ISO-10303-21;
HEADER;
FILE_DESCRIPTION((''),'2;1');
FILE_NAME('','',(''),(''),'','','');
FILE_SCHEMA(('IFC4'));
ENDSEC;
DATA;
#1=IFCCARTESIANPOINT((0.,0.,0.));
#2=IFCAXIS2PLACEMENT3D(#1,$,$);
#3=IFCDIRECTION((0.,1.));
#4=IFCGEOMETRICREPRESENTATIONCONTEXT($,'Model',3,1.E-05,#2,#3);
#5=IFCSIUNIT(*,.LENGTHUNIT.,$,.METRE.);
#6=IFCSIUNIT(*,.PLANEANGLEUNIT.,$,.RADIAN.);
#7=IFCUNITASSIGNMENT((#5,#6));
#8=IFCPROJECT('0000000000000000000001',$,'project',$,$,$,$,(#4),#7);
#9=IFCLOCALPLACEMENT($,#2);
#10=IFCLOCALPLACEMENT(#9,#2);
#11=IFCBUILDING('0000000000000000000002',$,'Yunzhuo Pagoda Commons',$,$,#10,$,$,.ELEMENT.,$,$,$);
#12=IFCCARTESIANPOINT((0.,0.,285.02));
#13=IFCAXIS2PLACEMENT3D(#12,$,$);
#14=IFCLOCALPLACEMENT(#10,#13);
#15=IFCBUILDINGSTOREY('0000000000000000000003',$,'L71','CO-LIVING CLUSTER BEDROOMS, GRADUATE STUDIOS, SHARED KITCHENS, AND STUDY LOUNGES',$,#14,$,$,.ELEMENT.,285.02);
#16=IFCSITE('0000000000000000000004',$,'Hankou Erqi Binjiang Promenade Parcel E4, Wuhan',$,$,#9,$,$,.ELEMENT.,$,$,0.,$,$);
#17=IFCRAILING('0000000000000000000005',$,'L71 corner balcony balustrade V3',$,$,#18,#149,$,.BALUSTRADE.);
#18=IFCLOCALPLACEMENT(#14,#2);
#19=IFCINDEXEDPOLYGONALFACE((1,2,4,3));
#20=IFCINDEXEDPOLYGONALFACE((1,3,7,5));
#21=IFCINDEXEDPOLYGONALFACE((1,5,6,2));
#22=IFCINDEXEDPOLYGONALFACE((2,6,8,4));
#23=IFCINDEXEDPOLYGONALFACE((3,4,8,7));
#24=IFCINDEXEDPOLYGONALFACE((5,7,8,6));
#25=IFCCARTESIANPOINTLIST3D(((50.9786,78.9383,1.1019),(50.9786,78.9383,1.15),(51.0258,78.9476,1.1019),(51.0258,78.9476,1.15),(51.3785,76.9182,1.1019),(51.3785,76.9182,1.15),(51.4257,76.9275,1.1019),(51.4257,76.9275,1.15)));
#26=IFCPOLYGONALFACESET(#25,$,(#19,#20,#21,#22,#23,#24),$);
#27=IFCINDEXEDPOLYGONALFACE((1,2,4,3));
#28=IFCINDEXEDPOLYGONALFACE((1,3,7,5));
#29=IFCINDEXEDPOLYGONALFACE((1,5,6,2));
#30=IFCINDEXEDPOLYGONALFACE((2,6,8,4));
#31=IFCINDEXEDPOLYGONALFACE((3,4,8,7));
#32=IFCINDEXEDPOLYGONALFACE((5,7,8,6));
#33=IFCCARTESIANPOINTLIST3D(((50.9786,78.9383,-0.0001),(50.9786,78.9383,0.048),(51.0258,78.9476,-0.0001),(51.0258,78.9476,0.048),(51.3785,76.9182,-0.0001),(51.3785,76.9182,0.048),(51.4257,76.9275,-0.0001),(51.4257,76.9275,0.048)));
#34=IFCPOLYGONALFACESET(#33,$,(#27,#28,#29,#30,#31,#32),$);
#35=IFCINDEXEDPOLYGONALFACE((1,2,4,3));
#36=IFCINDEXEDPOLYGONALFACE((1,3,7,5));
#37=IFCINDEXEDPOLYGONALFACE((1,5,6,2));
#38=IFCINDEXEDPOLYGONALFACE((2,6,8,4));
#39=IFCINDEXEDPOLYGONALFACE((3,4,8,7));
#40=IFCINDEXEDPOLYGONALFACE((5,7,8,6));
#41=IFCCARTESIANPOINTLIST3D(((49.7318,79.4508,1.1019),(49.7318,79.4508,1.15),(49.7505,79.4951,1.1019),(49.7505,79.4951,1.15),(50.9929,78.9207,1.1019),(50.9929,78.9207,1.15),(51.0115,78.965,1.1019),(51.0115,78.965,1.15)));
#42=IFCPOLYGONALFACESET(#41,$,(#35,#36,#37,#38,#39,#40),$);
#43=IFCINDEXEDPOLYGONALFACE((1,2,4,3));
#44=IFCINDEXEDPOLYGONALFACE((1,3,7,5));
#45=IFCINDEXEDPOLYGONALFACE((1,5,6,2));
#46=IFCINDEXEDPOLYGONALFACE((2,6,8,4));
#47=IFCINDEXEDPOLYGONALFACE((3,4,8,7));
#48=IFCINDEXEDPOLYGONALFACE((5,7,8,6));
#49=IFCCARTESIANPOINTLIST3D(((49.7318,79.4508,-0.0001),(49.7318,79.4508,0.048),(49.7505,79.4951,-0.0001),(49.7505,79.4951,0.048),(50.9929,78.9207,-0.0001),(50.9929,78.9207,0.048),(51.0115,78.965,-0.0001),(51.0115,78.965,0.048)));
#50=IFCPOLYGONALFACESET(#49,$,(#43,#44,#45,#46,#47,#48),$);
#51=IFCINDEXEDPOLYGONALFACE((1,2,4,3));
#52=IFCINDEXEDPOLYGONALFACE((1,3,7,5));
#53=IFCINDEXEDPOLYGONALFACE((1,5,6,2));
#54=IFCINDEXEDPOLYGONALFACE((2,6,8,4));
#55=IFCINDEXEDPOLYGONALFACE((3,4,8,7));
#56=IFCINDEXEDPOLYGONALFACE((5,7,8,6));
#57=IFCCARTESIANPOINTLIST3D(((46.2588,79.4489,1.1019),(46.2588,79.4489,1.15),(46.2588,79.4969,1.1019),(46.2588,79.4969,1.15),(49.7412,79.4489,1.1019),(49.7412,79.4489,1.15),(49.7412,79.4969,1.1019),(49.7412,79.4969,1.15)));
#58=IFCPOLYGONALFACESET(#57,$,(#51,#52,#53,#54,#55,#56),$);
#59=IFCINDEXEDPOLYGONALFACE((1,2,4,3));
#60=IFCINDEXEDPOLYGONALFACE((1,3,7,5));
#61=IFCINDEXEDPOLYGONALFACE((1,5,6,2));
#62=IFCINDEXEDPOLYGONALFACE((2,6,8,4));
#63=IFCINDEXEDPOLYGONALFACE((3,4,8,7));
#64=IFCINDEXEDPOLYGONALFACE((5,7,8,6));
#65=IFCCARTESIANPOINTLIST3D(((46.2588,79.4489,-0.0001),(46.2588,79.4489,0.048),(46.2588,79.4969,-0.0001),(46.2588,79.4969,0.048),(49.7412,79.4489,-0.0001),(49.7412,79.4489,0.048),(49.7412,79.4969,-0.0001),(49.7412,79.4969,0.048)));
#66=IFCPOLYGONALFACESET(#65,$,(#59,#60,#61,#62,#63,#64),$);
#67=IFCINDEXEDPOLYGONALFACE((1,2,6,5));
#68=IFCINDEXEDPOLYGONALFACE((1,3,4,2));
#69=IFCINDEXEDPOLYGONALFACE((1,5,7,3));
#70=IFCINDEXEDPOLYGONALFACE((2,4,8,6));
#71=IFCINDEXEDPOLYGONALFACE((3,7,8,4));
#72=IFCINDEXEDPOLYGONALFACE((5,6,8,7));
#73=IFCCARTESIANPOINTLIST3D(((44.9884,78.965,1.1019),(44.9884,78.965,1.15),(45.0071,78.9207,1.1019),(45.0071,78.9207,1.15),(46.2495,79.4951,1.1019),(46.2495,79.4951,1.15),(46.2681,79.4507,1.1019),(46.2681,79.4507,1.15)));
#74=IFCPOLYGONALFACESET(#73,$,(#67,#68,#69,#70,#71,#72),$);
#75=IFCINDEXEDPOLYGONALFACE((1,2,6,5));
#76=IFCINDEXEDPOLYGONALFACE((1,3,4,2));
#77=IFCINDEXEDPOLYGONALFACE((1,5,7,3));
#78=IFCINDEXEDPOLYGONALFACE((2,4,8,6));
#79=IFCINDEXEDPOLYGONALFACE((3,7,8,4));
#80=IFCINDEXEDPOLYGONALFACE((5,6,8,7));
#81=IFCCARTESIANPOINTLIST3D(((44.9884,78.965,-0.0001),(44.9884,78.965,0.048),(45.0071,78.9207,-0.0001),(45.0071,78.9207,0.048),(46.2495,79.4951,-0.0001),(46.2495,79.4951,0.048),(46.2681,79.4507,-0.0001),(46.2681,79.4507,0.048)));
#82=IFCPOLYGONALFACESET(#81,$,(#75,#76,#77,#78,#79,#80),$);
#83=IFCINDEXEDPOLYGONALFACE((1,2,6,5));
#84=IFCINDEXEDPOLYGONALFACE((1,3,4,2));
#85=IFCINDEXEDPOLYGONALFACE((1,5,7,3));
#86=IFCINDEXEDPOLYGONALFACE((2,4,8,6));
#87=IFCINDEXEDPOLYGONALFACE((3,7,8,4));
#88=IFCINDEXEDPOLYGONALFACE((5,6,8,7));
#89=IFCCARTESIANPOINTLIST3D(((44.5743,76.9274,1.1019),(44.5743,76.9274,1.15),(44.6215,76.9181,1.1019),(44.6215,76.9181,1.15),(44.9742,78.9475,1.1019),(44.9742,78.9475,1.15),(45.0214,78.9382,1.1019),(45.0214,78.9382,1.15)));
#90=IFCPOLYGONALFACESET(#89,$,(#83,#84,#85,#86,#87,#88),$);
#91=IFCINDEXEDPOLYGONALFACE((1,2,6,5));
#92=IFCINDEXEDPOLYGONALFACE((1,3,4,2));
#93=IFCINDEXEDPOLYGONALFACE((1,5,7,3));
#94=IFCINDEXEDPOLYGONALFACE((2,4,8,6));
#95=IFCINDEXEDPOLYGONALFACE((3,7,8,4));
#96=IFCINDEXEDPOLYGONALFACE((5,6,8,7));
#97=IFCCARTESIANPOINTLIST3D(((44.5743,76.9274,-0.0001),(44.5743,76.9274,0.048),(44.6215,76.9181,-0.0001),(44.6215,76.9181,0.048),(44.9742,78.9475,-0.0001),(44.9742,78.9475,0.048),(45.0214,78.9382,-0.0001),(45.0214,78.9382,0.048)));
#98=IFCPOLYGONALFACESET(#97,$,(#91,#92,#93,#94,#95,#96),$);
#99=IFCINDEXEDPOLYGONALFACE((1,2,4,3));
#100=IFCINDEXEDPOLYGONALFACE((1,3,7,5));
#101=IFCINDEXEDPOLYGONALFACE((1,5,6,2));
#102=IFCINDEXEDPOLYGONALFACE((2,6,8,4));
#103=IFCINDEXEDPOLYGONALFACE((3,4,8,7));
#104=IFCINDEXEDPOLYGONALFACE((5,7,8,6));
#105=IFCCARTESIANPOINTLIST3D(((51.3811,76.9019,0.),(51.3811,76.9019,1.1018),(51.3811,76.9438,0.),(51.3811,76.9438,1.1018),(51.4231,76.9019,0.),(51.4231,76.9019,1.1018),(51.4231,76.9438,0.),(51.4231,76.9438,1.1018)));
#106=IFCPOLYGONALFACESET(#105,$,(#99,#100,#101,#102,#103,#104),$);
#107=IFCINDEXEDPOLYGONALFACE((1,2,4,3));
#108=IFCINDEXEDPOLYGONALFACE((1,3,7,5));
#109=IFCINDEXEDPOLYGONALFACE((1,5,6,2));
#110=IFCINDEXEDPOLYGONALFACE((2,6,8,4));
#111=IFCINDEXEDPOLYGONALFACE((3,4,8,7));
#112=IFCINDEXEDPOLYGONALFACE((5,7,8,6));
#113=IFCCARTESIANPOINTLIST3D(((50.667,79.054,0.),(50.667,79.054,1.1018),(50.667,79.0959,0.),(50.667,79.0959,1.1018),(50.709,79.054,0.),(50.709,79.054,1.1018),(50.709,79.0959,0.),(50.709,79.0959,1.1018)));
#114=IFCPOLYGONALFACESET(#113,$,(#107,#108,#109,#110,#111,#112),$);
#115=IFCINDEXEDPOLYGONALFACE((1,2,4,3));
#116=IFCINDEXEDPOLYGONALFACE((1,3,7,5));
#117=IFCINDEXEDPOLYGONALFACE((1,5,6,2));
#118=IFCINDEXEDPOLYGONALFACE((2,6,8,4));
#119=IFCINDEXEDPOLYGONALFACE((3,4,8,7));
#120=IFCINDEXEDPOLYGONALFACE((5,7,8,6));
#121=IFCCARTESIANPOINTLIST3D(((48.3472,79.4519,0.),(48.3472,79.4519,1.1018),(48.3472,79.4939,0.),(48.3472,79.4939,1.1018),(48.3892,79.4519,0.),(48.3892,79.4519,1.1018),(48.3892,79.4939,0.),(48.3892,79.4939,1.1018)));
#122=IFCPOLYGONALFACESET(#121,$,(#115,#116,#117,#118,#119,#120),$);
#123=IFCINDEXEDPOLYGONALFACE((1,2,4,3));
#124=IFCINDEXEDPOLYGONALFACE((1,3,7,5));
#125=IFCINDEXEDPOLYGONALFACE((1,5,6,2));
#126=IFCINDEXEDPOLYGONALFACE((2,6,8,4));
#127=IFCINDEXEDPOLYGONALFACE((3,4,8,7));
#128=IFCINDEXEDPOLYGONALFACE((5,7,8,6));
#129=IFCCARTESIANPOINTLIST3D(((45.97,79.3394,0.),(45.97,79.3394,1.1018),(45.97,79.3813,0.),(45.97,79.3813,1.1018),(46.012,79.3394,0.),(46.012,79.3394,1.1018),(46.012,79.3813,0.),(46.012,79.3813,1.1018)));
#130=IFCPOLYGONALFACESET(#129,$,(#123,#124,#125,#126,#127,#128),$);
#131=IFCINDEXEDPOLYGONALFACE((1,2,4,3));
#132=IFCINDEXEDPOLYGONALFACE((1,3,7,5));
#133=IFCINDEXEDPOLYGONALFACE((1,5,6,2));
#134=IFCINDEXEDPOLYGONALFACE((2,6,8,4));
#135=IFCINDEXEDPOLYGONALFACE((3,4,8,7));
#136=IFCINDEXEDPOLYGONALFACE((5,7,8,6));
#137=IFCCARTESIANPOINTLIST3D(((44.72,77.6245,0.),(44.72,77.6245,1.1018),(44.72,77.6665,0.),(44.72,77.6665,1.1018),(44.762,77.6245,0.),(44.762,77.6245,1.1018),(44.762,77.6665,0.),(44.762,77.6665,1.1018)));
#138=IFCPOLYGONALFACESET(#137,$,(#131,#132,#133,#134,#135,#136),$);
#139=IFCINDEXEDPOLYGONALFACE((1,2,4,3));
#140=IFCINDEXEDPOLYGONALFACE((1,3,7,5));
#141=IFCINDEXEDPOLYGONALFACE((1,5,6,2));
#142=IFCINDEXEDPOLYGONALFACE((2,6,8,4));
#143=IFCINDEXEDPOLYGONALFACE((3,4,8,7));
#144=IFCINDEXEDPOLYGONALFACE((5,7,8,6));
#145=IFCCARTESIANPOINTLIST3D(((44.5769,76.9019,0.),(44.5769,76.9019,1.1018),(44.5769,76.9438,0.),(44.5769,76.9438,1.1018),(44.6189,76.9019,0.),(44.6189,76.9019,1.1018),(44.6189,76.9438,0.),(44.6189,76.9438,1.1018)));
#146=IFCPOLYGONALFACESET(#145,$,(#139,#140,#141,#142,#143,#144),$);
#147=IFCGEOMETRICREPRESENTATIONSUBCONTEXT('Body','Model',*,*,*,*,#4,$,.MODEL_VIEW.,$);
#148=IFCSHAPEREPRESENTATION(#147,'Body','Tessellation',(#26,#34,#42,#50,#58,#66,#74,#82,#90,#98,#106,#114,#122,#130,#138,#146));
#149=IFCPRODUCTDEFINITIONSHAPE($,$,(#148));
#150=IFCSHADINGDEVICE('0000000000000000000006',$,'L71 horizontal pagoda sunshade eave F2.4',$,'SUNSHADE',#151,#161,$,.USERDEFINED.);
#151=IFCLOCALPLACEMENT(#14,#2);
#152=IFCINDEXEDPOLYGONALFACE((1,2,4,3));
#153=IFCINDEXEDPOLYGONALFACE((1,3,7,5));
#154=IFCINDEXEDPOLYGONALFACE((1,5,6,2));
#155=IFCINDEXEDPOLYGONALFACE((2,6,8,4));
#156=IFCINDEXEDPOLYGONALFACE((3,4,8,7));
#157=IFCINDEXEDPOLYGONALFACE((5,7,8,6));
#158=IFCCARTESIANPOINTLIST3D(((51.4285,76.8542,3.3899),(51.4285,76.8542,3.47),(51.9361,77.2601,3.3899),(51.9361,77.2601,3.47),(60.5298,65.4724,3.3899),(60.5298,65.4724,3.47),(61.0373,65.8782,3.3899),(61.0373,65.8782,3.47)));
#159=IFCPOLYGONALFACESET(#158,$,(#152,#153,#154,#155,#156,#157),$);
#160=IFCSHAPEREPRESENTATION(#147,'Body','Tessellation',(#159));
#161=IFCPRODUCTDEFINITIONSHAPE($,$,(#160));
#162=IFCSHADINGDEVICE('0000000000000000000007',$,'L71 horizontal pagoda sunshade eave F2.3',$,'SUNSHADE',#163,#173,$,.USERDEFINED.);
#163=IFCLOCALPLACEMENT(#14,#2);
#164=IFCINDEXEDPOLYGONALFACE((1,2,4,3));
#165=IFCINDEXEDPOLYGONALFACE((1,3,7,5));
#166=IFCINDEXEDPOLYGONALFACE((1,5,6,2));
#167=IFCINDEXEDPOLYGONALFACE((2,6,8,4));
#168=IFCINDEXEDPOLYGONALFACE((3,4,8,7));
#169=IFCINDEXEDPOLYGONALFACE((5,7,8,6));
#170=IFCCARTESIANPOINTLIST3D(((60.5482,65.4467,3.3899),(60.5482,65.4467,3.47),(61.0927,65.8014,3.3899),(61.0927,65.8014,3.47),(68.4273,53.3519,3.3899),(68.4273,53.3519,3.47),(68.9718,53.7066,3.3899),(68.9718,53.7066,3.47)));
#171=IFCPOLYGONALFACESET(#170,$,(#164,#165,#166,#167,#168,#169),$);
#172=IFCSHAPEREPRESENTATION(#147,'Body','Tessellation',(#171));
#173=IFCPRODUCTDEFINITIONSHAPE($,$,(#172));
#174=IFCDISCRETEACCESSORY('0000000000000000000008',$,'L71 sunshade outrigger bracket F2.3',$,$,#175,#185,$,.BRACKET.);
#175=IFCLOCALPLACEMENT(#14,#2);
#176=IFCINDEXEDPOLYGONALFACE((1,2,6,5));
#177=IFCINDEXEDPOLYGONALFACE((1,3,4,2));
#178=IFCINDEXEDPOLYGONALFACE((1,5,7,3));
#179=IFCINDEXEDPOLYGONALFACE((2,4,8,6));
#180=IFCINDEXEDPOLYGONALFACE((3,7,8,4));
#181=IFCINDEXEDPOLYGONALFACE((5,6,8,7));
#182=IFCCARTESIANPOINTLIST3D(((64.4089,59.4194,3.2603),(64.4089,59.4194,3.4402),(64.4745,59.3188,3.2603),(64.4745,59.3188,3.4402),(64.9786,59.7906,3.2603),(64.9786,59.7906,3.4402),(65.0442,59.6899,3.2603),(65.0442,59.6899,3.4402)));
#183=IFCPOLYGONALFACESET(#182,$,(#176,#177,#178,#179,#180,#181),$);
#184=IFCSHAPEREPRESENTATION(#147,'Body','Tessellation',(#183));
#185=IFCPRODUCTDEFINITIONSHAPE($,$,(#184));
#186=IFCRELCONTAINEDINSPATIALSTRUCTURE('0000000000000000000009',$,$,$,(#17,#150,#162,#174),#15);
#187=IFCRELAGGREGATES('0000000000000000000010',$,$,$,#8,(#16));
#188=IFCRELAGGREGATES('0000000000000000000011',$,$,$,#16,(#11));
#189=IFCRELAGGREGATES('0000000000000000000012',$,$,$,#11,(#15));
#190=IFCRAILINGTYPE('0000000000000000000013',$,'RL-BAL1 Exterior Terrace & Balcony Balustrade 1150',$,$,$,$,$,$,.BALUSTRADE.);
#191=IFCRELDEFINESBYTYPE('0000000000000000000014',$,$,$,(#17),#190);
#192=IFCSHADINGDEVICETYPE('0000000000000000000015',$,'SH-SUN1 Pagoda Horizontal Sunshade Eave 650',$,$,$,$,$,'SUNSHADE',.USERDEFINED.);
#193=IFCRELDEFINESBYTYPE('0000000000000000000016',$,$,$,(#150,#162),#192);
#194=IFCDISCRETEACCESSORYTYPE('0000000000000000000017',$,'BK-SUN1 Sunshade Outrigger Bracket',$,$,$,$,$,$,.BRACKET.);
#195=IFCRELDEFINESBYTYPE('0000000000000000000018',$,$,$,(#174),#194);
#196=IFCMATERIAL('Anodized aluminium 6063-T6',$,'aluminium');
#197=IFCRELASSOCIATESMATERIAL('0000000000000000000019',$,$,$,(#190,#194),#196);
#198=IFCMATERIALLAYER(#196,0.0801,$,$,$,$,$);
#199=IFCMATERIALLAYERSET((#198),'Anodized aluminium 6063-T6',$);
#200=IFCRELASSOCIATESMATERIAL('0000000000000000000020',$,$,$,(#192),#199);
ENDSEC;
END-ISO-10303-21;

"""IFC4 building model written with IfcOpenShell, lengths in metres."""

from ifc_helpers import new_model, si_unit, direction, frame, origin, origin_2d, place, context, subcontext, project, spatial, rectangle, extrude, source, transform, mapped, material, layer, layer_set, type_object, element, save


model = new_model("IFC4")

# Units and contexts
model_context = context("Model", 3, precision=1e-05, world=origin(), true_north=direction((0.0, 1.0)))
body_context = subcontext(model_context, "Body", "Model", "MODEL_VIEW")
ifc_project = project(units=[si_unit("LENGTHUNIT", "METRE"), si_unit("PLANEANGLEUNIT", "RADIAN")], contexts=[model_context])

# Site, building, storey
site_placement = place(None, origin())
site = spatial("IfcSite", under=ifc_project, at=site_placement, Name="Hankou Erqi Binjiang Promenade Parcel E4, Wuhan", CompositionType="ELEMENT", RefElevation=0.0)
building_placement = place(site_placement, origin())
building = spatial("IfcBuilding", under=site, at=building_placement, Name="Yunzhuo Pagoda Commons", CompositionType="ELEMENT")
storey_placement = place(building_placement, frame((0.0, 0.0, 285.02)))
storey = spatial("IfcBuildingStorey", under=building, at=storey_placement, Name="L71", Description="CO-LIVING CLUSTER BEDROOMS, GRADUATE STUDIOS, SHARED KITCHENS, AND STUDY LOUNGES", CompositionType="ELEMENT", Elevation=285.02)

# Shared definitions
ifc_material_1 = material(Name="Anodized aluminium 6063-T6", Category="aluminium")

# Railing
railing_type = type_object("IfcRailingType", Name="RL-BAL1 Exterior Terrace & Balcony Balustrade 1150", PredefinedType="BALUSTRADE", material=ifc_material_1)
railing_placement = place(storey_placement, frame((51.4021, 76.9229, 0.0)))
element("IfcRailing", 1, at=railing_placement, inside=storey, type_object=railing_type, Name="L71 corner balcony balustrade V3", PredefinedType="BALUSTRADE", context=body_context, shape_type="SweptSolid", body=[
    extrude(rectangle(XDim=0.0481, YDim=0.0481, at=origin_2d()), frame((0.0, 0.0, 1.126), z_axis=(-0.194201, 0.980962, 0.0), x_axis=(-0.980962, -0.194201, 0.0)), (0.0, 0.0, 1.0), 2.0593),
    extrude(rectangle(XDim=0.0481, YDim=0.0481, at=origin_2d()), frame((0.0, 0.0, 0.0239), z_axis=(-0.194201, 0.980962, 0.0), x_axis=(-0.980962, -0.194201, 0.0)), (0.0, 0.0, 1.0), 2.0593),
    extrude(rectangle(XDim=0.0481, YDim=0.0481, at=origin_2d()), frame((-0.3999, 2.02, 1.126), z_axis=(-0.921874, 0.38749, 0.0), x_axis=(-0.38749, -0.921874, 0.0)), (0.0, 0.0, 1.0), 1.3679),
    extrude(rectangle(XDim=0.0481, YDim=0.0481, at=origin_2d()), frame((-0.3999, 2.02, 0.0239), z_axis=(-0.921874, 0.38749, 0.0), x_axis=(-0.38749, -0.921874, 0.0)), (0.0, 0.0, 1.0), 1.3679),
    extrude(rectangle(XDim=0.0481, YDim=0.0481, at=origin_2d()), frame((-1.6609, 2.55, 1.126), z_axis=(-1.0, 0.0, 0.0), x_axis=(0.0, -1.0, 0.0)), (0.0, 0.0, 1.0), 3.4824),
    extrude(rectangle(XDim=0.0481, YDim=0.0481, at=origin_2d()), frame((-1.6609, 2.55, 0.0239), z_axis=(-1.0, 0.0, 0.0), x_axis=(0.0, -1.0, 0.0)), (0.0, 0.0, 1.0), 3.4824),
    extrude(rectangle(XDim=0.0481, YDim=0.0481, at=origin_2d()), frame((-5.1433, 2.55, 1.126), z_axis=(-0.921874, -0.38749, 0.0), x_axis=(0.38749, -0.921874, 0.0)), (0.0, 0.0, 1.0), 1.3679),
    extrude(rectangle(XDim=0.0481, YDim=0.0481, at=origin_2d()), frame((-5.1433, 2.55, 0.0239), z_axis=(-0.921874, -0.38749, 0.0), x_axis=(0.38749, -0.921874, 0.0)), (0.0, 0.0, 1.0), 1.3679),
    extrude(rectangle(XDim=0.0481, YDim=0.0481, at=origin_2d()), frame((-6.4043, 2.02, 1.126), z_axis=(-0.194201, -0.980962, 0.0), x_axis=(0.980962, -0.194201, 0.0)), (0.0, 0.0, 1.0), 2.0593),
    extrude(rectangle(XDim=0.0481, YDim=0.0481, at=origin_2d()), frame((-6.4043, 2.02, 0.0239), z_axis=(-0.194201, -0.980962, 0.0), x_axis=(0.980962, -0.194201, 0.0)), (0.0, 0.0, 1.0), 2.0593),
    extrude(rectangle(XDim=0.042, YDim=0.042, at=origin_2d()), origin(), (0.0, 0.0, 1.0), 1.1018),
    extrude(rectangle(XDim=0.042, YDim=0.042, at=origin_2d()), frame((-0.7141, 2.1521, 0.0)), (0.0, 0.0, 1.0), 1.1018),
    extrude(rectangle(XDim=0.042, YDim=0.042, at=origin_2d()), frame((-3.0339, 2.55, 0.0)), (0.0, 0.0, 1.0), 1.1018),
    extrude(rectangle(XDim=0.042, YDim=0.042, at=origin_2d()), frame((-5.4111, 2.4375, 0.0)), (0.0, 0.0, 1.0), 1.1018),
    extrude(rectangle(XDim=0.042, YDim=0.042, at=origin_2d()), frame((-6.6611, 0.7227, 0.0)), (0.0, 0.0, 1.0), 1.1018),
    extrude(rectangle(XDim=0.042, YDim=0.042, at=origin_2d()), frame((-6.8042, 0.0, 0.0)), (0.0, 0.0, 1.0), 1.1018),
])

# Shading devices
ifc_layer_1 = layer(ifc_material_1, 0.0801)
ifc_layer_set_1 = layer_set([ifc_layer_1], Name="Anodized aluminium 6063-T6")
shading_device_type = type_object("IfcShadingDeviceType", Name="SH-SUN1 Pagoda Horizontal Sunshade Eave 650", ElementType="SUNSHADE", PredefinedType="USERDEFINED", material=ifc_layer_set_1)
shared_shape_1 = source(origin(), body_context, "Body", "SweptSolid", [
    extrude(rectangle(XDim=14.5732, YDim=0.6499, at=origin_2d()), origin(), (0.0, 0.0, 1.0), 0.0801),
])
shading_device_1_placement = place(storey_placement, frame((56.2329, 71.3662, 3.3899), z_axis=(0.0, 0.0, 1.0), x_axis=(-0.62452, 0.781008, 0.0)))
element("IfcShadingDevice", 2, at=shading_device_1_placement, inside=storey, type_object=shading_device_type, Name="L71 horizontal pagoda sunshade eave F2.4", ObjectType="SUNSHADE", PredefinedType="USERDEFINED", context=body_context, shape_type="MappedRepresentation", body=[
    mapped(shared_shape_1, transform((0.0, 0.0, 0.0), scale=1.0)),
])
shared_shape_2 = source(origin(), body_context, "Body", "SweptSolid", [
    extrude(rectangle(XDim=14.4348, YDim=0.6499, at=origin_2d()), origin(), (0.0, 0.0, 1.0), 0.0801),
])
shading_device_2_placement = place(storey_placement, frame((64.76, 59.5767, 3.3899), z_axis=(0.0, 0.0, 1.0), x_axis=(-0.545839, 0.83789, 0.0)))
element("IfcShadingDevice", 3, at=shading_device_2_placement, inside=storey, type_object=shading_device_type, Name="L71 horizontal pagoda sunshade eave F2.3", ObjectType="SUNSHADE", PredefinedType="USERDEFINED", context=body_context, shape_type="MappedRepresentation", body=[
    mapped(shared_shape_2, transform((0.0, 0.0, 0.0), scale=1.0)),
])

# Discrete accessory
discrete_accessory_type = type_object("IfcDiscreteAccessoryType", Name="BK-SUN1 Sunshade Outrigger Bracket", PredefinedType="BRACKET", material=ifc_material_1)
shared_shape_3 = source(origin(), body_context, "Body", "SweptSolid", [
    extrude(rectangle(XDim=0.1201, YDim=0.6799, at=origin_2d()), origin(), (0.0, 0.0, 1.0), 0.1799),
])
discrete_accessory_placement = place(storey_placement, frame((64.7266, 59.5547, 3.2603), z_axis=(0.0, 0.0, 1.0), x_axis=(-0.545839, 0.83789, 0.0)))
element("IfcDiscreteAccessory", 4, at=discrete_accessory_placement, inside=storey, type_object=discrete_accessory_type, Name="L71 sunshade outrigger bracket F2.3", PredefinedType="BRACKET", context=body_context, shape_type="MappedRepresentation", body=[
    mapped(shared_shape_3, transform((0.0, 0.0, 0.0), scale=1.0)),
])

save(model, "model.ifc")
